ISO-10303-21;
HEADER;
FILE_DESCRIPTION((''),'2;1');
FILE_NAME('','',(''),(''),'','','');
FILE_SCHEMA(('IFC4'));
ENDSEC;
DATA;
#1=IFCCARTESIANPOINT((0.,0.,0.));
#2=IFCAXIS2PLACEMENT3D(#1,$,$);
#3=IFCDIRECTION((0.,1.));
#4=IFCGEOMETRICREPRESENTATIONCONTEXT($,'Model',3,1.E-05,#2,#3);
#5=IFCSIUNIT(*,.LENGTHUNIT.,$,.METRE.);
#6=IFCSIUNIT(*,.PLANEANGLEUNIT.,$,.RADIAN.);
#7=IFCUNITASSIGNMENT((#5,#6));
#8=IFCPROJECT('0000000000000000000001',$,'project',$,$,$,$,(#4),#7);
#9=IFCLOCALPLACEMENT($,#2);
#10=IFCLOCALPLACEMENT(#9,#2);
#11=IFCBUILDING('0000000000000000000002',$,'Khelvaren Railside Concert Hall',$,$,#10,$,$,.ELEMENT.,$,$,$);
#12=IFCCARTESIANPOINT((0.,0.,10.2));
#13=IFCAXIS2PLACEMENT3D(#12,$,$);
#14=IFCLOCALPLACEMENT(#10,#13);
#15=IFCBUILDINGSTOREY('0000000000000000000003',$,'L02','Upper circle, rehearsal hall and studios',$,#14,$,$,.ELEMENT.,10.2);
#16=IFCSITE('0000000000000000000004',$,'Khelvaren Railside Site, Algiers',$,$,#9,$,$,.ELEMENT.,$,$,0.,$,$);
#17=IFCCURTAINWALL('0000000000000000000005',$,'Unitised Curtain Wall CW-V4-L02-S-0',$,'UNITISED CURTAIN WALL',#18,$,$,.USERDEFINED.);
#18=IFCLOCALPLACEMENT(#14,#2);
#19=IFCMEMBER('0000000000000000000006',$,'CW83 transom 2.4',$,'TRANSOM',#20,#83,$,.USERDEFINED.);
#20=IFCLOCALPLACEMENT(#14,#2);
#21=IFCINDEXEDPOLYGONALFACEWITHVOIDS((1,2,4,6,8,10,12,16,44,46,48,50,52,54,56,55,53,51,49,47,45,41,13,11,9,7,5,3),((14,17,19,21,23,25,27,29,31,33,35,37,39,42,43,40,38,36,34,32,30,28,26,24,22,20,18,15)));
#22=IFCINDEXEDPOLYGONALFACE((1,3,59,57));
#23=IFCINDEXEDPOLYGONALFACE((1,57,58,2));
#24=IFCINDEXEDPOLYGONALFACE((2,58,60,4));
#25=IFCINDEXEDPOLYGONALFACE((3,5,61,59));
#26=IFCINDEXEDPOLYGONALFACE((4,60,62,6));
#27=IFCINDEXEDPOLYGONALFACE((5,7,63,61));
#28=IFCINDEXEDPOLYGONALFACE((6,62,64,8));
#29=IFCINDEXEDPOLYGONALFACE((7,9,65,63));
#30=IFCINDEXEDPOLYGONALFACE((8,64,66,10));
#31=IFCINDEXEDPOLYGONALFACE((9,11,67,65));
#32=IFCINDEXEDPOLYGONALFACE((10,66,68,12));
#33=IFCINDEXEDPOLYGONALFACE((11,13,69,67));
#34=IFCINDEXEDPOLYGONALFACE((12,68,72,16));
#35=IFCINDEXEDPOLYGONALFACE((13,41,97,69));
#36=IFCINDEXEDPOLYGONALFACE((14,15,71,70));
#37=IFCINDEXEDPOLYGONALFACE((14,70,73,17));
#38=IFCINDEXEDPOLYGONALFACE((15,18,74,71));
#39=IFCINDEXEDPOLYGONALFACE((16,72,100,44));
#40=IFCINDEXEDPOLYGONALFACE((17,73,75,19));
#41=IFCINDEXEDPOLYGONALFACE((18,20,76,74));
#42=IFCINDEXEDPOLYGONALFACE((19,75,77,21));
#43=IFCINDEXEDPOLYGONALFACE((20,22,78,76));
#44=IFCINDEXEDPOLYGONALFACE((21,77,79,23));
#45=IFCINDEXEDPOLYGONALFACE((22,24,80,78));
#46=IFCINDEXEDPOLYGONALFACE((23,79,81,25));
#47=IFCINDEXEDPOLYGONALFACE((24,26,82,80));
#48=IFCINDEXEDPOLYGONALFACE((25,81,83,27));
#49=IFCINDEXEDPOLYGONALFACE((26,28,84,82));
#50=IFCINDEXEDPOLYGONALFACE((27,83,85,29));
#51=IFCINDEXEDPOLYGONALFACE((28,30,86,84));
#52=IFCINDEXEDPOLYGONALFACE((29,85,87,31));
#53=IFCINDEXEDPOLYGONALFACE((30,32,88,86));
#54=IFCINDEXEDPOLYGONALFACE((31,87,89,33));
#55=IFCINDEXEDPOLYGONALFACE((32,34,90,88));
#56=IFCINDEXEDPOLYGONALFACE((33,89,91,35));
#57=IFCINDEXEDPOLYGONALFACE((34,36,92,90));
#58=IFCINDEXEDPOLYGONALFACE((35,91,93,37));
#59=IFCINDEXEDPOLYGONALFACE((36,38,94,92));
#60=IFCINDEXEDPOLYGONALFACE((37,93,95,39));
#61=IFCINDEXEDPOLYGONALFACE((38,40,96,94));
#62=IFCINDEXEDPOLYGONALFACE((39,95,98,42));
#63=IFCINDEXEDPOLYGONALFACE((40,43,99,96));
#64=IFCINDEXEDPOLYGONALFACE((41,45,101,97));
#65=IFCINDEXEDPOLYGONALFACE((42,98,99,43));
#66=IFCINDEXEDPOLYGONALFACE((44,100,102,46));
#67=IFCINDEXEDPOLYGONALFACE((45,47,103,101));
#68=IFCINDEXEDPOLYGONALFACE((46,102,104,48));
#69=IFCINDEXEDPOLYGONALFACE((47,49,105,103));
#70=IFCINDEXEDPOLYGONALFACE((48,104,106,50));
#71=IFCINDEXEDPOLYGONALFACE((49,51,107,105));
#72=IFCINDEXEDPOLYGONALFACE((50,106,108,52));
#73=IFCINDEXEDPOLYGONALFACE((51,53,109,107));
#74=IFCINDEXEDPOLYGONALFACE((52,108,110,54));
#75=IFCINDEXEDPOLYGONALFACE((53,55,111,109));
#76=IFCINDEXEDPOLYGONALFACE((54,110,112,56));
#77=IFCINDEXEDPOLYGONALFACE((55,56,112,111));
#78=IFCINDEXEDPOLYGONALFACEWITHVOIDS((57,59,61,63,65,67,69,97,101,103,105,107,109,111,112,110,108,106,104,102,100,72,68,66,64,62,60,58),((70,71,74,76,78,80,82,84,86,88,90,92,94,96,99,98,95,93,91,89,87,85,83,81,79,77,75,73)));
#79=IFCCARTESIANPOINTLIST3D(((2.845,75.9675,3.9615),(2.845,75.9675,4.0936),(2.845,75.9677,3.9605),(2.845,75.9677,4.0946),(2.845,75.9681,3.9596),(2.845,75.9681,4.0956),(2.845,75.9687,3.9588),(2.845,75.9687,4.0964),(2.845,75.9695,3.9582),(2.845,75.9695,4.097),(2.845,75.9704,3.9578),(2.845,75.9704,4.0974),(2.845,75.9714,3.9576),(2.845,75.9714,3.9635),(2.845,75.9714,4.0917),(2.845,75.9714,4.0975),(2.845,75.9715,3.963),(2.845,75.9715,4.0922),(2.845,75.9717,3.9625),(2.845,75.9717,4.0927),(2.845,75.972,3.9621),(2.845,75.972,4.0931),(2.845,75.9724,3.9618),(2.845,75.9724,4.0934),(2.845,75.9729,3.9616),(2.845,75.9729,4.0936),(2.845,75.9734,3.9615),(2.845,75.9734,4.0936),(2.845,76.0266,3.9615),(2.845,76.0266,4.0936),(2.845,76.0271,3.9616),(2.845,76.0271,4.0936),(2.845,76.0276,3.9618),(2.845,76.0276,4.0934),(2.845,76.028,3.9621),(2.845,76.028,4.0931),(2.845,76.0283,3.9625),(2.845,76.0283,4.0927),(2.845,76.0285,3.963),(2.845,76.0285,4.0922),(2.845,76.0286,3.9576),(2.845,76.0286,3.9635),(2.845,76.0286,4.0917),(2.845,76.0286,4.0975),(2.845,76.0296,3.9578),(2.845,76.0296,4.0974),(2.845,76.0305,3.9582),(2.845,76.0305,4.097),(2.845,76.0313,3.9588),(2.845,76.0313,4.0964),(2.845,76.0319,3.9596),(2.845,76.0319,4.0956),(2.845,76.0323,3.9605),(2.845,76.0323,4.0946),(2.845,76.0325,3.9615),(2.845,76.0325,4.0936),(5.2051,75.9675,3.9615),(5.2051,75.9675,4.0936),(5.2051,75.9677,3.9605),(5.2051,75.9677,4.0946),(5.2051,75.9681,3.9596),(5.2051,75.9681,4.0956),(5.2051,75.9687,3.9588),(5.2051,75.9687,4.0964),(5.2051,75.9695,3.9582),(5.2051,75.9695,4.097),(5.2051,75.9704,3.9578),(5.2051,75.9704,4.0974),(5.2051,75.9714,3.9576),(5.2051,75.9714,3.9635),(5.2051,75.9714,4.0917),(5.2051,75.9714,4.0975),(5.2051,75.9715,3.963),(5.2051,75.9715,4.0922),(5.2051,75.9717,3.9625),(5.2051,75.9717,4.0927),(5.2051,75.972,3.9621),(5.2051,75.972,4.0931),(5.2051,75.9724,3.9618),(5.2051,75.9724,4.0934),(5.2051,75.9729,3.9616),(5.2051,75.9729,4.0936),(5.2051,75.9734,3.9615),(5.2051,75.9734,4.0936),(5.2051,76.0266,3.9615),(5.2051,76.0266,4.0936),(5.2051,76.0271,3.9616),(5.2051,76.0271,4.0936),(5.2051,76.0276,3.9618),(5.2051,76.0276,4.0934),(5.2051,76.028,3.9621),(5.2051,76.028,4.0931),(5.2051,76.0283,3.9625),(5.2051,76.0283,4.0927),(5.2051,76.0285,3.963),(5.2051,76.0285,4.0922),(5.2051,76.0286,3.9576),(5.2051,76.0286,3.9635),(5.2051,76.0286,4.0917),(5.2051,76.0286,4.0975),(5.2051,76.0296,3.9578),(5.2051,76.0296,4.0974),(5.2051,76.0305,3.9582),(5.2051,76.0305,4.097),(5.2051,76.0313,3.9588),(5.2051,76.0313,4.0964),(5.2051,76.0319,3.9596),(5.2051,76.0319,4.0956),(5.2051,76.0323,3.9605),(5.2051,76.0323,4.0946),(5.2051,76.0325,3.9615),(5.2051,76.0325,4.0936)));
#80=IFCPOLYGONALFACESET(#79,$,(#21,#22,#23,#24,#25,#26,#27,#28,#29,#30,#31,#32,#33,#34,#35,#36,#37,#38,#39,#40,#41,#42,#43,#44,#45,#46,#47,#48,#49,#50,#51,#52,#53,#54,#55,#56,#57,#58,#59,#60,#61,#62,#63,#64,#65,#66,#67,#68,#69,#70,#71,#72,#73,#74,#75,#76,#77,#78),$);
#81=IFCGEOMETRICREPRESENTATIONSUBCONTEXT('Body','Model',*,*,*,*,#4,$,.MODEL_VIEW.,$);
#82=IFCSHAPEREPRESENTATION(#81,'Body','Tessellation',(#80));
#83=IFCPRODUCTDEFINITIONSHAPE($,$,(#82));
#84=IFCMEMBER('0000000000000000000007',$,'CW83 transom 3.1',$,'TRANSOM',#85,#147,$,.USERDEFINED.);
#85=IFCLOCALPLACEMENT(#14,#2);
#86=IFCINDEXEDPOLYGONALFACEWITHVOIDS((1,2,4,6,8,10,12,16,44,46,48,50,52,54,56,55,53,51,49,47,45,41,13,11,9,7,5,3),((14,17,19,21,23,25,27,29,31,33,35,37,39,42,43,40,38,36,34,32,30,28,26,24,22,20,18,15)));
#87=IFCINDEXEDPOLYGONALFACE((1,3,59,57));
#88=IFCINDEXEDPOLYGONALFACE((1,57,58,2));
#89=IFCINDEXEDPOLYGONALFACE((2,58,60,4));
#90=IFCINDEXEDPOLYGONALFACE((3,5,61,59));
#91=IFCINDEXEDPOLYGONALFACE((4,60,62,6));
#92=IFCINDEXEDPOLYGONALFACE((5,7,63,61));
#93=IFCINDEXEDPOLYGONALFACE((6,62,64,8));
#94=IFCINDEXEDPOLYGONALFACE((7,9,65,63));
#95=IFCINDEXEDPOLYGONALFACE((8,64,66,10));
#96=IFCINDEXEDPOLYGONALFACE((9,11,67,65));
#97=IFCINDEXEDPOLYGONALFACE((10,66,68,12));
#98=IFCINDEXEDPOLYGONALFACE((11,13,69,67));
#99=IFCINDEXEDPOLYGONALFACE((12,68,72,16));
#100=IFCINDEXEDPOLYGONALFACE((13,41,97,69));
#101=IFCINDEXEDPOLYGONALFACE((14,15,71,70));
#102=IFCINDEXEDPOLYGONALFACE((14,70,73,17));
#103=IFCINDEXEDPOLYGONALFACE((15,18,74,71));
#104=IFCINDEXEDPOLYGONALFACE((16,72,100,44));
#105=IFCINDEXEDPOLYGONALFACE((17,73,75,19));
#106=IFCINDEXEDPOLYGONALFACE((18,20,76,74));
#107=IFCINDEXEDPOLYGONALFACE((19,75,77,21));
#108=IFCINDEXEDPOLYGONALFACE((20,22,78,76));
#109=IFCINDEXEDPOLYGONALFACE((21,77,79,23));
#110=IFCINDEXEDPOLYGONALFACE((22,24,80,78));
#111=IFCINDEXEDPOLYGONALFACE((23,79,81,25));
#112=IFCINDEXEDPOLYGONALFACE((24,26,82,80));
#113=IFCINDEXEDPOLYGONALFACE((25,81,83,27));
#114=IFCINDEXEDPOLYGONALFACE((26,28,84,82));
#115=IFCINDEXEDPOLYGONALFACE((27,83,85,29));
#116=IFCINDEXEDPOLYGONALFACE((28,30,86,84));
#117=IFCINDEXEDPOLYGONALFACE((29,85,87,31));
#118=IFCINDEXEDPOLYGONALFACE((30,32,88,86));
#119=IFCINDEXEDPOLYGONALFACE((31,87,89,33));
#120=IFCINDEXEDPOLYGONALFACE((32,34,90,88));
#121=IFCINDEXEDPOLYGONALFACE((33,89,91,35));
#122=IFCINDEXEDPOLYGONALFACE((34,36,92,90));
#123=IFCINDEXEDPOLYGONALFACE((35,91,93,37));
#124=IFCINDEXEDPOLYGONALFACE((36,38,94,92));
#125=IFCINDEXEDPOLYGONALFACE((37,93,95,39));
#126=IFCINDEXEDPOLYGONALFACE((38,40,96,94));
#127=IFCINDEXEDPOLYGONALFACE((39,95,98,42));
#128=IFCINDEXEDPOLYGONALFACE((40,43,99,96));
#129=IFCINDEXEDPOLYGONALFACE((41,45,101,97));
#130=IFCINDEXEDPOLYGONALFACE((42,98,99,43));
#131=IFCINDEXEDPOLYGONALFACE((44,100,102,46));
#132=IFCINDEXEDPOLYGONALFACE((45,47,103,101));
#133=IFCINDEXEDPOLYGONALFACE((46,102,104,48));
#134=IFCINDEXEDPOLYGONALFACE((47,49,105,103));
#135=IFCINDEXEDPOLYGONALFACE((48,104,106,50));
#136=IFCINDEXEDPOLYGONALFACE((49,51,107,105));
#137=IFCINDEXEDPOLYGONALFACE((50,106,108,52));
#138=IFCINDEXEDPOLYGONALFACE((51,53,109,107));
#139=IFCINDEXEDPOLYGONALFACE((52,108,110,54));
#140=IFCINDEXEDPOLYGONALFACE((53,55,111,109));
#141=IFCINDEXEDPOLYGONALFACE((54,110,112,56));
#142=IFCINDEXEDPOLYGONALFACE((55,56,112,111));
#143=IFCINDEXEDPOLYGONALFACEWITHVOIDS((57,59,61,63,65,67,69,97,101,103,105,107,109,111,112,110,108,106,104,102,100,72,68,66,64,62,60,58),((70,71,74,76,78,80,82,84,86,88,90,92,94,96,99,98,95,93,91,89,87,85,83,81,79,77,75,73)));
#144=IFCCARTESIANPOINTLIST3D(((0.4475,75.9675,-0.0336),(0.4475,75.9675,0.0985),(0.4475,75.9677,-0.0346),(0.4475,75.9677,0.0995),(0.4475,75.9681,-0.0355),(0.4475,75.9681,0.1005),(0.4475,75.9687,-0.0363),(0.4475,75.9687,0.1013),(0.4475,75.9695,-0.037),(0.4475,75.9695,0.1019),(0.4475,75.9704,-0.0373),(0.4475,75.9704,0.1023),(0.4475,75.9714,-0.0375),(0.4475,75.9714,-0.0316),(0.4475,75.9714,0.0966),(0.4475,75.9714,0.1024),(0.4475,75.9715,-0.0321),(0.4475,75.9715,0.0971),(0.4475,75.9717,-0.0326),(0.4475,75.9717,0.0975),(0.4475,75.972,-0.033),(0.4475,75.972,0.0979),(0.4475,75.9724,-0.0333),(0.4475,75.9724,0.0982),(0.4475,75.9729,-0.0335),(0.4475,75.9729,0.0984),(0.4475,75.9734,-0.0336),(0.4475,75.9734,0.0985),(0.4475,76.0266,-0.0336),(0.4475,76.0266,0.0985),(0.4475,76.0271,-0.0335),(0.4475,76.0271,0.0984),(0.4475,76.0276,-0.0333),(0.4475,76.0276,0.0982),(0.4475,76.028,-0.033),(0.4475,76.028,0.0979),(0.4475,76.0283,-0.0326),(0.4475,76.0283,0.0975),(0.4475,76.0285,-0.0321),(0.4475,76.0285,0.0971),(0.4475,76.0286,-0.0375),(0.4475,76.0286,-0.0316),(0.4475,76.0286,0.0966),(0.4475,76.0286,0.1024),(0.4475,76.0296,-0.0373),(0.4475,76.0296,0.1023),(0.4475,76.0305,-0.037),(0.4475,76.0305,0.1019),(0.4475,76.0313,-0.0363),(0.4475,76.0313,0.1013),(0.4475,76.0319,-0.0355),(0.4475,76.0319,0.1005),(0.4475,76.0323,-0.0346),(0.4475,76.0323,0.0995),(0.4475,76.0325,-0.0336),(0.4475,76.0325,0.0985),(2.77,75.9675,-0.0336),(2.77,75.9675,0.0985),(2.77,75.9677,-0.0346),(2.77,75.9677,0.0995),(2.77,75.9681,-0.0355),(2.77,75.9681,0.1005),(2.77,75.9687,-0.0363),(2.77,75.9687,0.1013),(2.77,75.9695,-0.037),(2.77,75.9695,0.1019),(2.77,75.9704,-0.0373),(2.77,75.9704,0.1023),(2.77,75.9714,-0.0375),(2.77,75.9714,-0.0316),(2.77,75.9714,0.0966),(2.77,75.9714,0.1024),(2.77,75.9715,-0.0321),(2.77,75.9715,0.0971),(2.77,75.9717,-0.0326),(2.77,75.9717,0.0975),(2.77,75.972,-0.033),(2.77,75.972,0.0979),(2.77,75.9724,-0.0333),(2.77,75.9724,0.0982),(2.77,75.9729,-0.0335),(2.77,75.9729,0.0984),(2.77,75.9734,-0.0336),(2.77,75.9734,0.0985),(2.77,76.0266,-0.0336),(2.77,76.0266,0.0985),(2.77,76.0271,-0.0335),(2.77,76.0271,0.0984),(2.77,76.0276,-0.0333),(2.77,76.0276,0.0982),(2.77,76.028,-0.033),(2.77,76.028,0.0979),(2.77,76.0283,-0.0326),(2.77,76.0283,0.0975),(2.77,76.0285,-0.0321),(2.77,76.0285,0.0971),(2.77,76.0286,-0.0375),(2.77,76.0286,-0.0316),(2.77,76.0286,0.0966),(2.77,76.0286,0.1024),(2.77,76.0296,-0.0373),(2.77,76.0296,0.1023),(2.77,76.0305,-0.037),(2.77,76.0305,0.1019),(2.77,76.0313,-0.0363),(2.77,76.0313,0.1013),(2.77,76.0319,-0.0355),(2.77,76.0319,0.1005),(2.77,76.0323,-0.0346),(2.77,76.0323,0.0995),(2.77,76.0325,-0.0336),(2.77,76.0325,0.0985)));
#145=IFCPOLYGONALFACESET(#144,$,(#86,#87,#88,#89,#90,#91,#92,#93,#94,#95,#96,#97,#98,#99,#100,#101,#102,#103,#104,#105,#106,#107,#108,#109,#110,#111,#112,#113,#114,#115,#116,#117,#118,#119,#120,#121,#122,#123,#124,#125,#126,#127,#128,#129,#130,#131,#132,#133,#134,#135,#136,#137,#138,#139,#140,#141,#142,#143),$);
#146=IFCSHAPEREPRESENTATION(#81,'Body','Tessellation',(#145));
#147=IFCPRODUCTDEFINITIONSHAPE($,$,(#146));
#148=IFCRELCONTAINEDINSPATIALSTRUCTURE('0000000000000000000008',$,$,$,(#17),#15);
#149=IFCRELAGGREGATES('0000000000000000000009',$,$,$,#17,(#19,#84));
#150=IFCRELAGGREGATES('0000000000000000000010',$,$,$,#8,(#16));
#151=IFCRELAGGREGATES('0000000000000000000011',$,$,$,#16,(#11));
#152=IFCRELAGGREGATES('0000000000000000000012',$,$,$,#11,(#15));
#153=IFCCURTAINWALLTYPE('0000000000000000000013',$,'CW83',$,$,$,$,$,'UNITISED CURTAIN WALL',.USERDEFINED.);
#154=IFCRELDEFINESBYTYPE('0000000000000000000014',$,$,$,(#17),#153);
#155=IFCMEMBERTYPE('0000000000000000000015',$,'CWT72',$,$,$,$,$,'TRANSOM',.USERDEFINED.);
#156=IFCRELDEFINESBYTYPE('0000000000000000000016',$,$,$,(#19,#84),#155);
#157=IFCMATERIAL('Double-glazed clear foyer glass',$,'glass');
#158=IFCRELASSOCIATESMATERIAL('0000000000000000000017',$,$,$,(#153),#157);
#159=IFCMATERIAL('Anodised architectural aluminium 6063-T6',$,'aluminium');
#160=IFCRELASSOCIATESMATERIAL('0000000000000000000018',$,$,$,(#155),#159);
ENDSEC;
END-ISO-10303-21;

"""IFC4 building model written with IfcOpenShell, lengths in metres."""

from ifc_helpers import new_model, si_unit, direction, frame, origin, origin_2d, place, context, subcontext, project, spatial, hollow_rectangle, extrude, material, material_profile, profile_set, type_object, element, aggregate, save


model = new_model("IFC4")

# Units and contexts
model_context = context("Model", 3, precision=1e-05, world=origin(), true_north=direction((0.0, 1.0)))
body_context = subcontext(model_context, "Body", "Model", "MODEL_VIEW")
ifc_project = project(units=[si_unit("LENGTHUNIT", "METRE"), si_unit("PLANEANGLEUNIT", "RADIAN")], contexts=[model_context])

# Site, building, storey
site_placement = place(None, origin())
site = spatial("IfcSite", under=ifc_project, at=site_placement, Name="Khelvaren Railside Site, Algiers", CompositionType="ELEMENT", RefElevation=0.0)
building_placement = place(site_placement, origin())
building = spatial("IfcBuilding", under=site, at=building_placement, Name="Khelvaren Railside Concert Hall", CompositionType="ELEMENT")
storey_placement = place(building_placement, frame((0.0, 0.0, 10.2)))
storey = spatial("IfcBuildingStorey", under=building, at=storey_placement, Name="L02", Description="Upper circle, rehearsal hall and studios", CompositionType="ELEMENT", Elevation=10.2)

# Curtain wall, members
ifc_material_1 = material(Name="Double-glazed clear foyer glass", Category="glass")
curtain_wall_type = type_object("IfcCurtainWallType", Name="CW83", ElementType="UNITISED CURTAIN WALL", PredefinedType="USERDEFINED", material=ifc_material_1)
curtain_wall_placement = place(storey_placement, origin())
curtain_wall = element("IfcCurtainWall", 1, at=curtain_wall_placement, inside=storey, type_object=curtain_wall_type, Name="Unitised Curtain Wall CW-V4-L02-S-0", ObjectType="UNITISED CURTAIN WALL", PredefinedType="USERDEFINED")
ifc_material_2 = material(Name="Anodised architectural aluminium 6063-T6", Category="aluminium")
ifc_material_profile_1 = material_profile(ifc_material_2, hollow_rectangle(XDim=0.0649, YDim=0.1399, WallThickness=0.0039, InnerFilletRadius=0.002, OuterFilletRadius=0.0039, at=origin_2d()), Name="CWT 65x140x4")
ifc_profile_set_1 = profile_set([ifc_material_profile_1], Name="Anodised architectural aluminium 6063-T6")
member_type_1 = type_object("IfcMemberType", Name="CWT72", ElementType="TRANSOM", PredefinedType="USERDEFINED", material=ifc_profile_set_1)
member_1_placement = place(storey_placement, frame((5.2051, 76.0, 4.0276), z_axis=(-1.0, 0.0, 0.0), x_axis=(0.0, -1.0, 0.0)))
member_1 = element("IfcMember", 2, at=member_1_placement, type_object=member_type_1, Name="CW83 transom 2.4", ObjectType="TRANSOM", PredefinedType="USERDEFINED", context=body_context, shape_type="SweptSolid", body=[
    extrude(hollow_rectangle(XDim=0.0649, YDim=0.1399, WallThickness=0.0039, InnerFilletRadius=0.002, OuterFilletRadius=0.0039, at=origin_2d()), origin(), (0.0, 0.0, 1.0), 2.3601),
])
member_2_placement = place(storey_placement, frame((2.77, 76.0, 0.0325), z_axis=(-1.0, 0.0, 0.0), x_axis=(0.0, -1.0, 0.0)))
member_2 = element("IfcMember", 3, at=member_2_placement, type_object=member_type_1, Name="CW83 transom 3.1", ObjectType="TRANSOM", PredefinedType="USERDEFINED", context=body_context, shape_type="SweptSolid", body=[
    extrude(hollow_rectangle(XDim=0.0649, YDim=0.1399, WallThickness=0.0039, InnerFilletRadius=0.002, OuterFilletRadius=0.0039, at=origin_2d()), origin(), (0.0, 0.0, 1.0), 2.3225),
])
aggregate(curtain_wall, [member_1, member_2])

save(model, "model.ifc")
